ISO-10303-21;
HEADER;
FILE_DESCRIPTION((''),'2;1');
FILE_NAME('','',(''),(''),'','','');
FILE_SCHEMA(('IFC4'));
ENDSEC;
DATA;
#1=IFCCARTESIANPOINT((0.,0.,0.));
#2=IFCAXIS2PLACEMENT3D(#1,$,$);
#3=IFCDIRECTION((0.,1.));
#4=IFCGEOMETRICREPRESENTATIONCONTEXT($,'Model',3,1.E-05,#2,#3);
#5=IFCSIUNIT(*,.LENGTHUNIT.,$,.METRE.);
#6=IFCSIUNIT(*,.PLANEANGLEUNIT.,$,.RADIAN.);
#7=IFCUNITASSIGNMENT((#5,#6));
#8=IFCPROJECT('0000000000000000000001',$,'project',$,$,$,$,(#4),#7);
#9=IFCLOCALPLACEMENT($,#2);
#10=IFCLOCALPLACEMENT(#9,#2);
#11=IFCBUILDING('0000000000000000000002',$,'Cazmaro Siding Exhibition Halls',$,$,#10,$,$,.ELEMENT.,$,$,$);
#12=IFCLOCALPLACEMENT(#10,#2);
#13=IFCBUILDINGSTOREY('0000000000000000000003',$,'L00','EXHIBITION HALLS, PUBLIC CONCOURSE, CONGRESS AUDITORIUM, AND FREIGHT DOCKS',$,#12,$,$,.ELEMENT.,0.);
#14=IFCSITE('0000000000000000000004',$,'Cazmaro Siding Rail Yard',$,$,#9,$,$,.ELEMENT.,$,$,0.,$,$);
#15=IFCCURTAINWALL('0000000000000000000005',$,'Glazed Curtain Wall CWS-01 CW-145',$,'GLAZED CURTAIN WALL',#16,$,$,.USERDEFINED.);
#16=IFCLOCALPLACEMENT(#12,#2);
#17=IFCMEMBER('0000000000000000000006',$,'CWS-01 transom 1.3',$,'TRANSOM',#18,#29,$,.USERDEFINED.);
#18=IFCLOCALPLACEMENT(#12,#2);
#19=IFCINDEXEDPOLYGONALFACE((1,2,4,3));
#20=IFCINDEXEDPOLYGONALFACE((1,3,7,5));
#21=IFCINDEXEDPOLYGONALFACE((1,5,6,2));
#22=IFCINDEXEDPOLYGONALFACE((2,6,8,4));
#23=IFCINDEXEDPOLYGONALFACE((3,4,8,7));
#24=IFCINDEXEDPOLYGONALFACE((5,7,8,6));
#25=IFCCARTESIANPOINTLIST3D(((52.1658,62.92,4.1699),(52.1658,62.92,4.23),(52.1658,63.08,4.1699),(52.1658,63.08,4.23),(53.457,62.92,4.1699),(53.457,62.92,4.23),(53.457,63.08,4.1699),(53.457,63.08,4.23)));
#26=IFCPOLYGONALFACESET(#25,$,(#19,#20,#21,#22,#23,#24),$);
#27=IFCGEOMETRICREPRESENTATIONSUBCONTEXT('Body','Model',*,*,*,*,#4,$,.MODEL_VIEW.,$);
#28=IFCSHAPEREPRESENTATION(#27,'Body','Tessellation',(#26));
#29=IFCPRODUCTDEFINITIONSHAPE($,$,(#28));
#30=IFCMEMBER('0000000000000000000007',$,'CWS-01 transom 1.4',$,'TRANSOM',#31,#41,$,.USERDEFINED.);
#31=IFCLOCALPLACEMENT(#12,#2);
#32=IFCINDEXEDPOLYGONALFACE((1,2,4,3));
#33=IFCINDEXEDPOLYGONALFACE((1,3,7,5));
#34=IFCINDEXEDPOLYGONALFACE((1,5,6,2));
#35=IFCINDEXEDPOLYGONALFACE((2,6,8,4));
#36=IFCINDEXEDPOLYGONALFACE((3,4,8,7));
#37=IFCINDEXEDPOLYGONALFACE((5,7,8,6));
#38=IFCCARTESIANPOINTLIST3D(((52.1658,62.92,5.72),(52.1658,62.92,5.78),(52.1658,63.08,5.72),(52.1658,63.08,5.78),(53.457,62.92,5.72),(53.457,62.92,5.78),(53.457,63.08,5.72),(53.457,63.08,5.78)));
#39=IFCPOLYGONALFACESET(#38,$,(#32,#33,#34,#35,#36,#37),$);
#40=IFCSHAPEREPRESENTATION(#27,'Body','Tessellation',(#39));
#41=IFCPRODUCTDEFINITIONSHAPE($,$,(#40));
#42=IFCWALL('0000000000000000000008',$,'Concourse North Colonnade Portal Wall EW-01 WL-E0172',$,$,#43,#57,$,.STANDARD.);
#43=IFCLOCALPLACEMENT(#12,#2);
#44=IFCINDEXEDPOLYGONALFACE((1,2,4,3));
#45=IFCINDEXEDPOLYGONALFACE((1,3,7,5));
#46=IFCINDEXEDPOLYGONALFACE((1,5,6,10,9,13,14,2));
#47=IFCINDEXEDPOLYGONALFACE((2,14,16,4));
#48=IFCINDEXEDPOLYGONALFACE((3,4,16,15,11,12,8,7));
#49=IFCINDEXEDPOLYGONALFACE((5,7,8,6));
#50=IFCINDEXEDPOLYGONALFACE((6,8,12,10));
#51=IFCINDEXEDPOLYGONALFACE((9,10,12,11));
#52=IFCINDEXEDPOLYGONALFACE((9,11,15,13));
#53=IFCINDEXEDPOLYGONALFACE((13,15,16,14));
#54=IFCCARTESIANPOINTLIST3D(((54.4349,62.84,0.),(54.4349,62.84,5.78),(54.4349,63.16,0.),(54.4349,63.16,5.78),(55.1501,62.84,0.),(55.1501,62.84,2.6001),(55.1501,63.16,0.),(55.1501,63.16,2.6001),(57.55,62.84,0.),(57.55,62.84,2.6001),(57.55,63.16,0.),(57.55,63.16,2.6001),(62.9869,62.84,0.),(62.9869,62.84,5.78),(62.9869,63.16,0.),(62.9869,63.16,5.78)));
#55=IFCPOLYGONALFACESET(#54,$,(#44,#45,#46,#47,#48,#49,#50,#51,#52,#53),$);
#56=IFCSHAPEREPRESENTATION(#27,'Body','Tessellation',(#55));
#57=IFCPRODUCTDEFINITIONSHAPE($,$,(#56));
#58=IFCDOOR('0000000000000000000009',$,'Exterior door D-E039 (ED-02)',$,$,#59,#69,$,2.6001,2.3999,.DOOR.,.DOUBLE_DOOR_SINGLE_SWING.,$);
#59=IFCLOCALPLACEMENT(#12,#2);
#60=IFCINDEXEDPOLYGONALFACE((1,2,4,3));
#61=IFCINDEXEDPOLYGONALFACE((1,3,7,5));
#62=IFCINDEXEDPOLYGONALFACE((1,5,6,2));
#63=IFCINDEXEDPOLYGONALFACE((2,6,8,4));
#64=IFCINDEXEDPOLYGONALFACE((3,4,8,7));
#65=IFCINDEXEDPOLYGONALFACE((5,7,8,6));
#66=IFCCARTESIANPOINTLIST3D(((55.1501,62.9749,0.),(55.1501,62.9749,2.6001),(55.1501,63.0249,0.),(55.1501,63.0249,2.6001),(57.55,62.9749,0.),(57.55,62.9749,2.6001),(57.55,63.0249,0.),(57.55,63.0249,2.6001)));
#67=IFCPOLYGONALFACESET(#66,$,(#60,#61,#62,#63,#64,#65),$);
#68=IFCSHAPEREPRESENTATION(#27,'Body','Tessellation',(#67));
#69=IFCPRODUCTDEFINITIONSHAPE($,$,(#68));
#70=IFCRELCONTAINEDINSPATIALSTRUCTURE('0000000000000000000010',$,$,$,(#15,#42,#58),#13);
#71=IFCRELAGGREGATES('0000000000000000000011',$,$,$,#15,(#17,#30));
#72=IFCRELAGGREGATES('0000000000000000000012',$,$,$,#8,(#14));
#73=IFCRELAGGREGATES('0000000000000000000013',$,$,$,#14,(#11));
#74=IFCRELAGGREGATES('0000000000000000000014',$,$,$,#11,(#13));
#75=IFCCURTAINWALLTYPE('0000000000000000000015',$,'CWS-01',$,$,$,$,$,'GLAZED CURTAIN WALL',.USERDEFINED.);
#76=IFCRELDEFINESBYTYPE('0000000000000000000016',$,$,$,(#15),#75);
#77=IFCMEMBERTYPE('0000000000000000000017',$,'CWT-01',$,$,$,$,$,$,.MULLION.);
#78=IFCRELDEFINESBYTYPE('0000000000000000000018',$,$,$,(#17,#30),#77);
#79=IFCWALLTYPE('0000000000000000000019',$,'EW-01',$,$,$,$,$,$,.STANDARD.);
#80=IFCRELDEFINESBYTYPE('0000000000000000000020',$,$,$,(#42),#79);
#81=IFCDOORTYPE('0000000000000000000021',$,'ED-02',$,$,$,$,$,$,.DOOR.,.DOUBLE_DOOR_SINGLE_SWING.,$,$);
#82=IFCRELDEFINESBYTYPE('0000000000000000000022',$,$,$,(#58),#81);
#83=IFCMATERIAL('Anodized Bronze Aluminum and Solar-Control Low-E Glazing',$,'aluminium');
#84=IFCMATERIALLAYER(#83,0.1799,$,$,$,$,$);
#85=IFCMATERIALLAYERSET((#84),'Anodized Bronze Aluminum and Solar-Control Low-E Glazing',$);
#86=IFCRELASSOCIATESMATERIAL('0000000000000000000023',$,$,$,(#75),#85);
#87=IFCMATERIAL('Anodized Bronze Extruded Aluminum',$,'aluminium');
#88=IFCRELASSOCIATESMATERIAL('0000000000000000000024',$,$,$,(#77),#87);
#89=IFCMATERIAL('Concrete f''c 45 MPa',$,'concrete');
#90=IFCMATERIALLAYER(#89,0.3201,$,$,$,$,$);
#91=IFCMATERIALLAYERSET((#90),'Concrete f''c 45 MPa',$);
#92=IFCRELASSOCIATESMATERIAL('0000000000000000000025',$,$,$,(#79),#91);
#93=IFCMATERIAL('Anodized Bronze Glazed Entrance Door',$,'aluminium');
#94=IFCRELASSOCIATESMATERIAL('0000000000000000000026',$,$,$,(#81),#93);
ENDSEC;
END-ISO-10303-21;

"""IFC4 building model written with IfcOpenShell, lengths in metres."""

from ifc_helpers import new_model, si_unit, direction, frame, frame_2d, origin, origin_2d, place, context, subcontext, project, spatial, rectangle, extrude, material, layer, layer_set, material_profile, profile_set, type_object, element, fill, aggregate, save


model = new_model("IFC4")

# Units and contexts
model_context = context("Model", 3, precision=1e-05, world=origin(), true_north=direction((0.0, 1.0)))
body_context = subcontext(model_context, "Body", "Model", "MODEL_VIEW")
ifc_project = project(units=[si_unit("LENGTHUNIT", "METRE"), si_unit("PLANEANGLEUNIT", "RADIAN")], contexts=[model_context])

# Site, building, storey
site_placement = place(None, origin())
site = spatial("IfcSite", under=ifc_project, at=site_placement, Name="Cazmaro Siding Rail Yard", CompositionType="ELEMENT", RefElevation=0.0)
building_placement = place(site_placement, origin())
building = spatial("IfcBuilding", under=site, at=building_placement, Name="Cazmaro Siding Exhibition Halls", CompositionType="ELEMENT")
storey_placement = place(building_placement, origin())
storey = spatial("IfcBuildingStorey", under=building, at=storey_placement, Name="L00", Description="EXHIBITION HALLS, PUBLIC CONCOURSE, CONGRESS AUDITORIUM, AND FREIGHT DOCKS", CompositionType="ELEMENT", Elevation=0.0)

# Curtain wall
ifc_material_1 = material(Name="Anodized Bronze Aluminum and Solar-Control Low-E Glazing", Category="aluminium")
ifc_layer_1 = layer(ifc_material_1, 0.1799)
ifc_layer_set_1 = layer_set([ifc_layer_1], Name="Anodized Bronze Aluminum and Solar-Control Low-E Glazing")
curtain_wall_type = type_object("IfcCurtainWallType", Name="CWS-01", ElementType="GLAZED CURTAIN WALL", PredefinedType="USERDEFINED", material=ifc_layer_set_1)
curtain_wall_1_placement = place(storey_placement, origin())
curtain_wall_1 = element("IfcCurtainWall", 1, at=curtain_wall_1_placement, inside=storey, type_object=curtain_wall_type, Name="Glazed Curtain Wall CWS-01 CW-145", ObjectType="GLAZED CURTAIN WALL", PredefinedType="USERDEFINED")

# Members
ifc_material_2 = material(Name="Anodized Bronze Extruded Aluminum", Category="aluminium")
ifc_material_profile_1 = material_profile(ifc_material_2, rectangle(XDim=0.1599, YDim=0.0601, at=origin_2d()), Name="CWT-01")
ifc_profile_set_1 = profile_set([ifc_material_profile_1], Name="Anodized Bronze Extruded Aluminum")
member_type_1 = type_object("IfcMemberType", Name="CWT-01", PredefinedType="MULLION", material=ifc_profile_set_1)
member_1_placement = place(storey_placement, frame((53.457, 63.0, 4.2), z_axis=(-1.0, 0.0, 0.0), x_axis=(0.0, -1.0, 0.0)))
member_1 = element("IfcMember", 2, at=member_1_placement, type_object=member_type_1, Name="CWS-01 transom 1.3", ObjectType="TRANSOM", PredefinedType="USERDEFINED", context=body_context, shape_type="SweptSolid", body=[
    extrude(rectangle(XDim=0.1599, YDim=0.0601, at=origin_2d()), origin(), (0.0, 0.0, 1.0), 1.2913),
])
member_2_placement = place(storey_placement, frame((53.457, 63.0, 5.75), z_axis=(-1.0, 0.0, 0.0), x_axis=(0.0, -1.0, 0.0)))
member_2 = element("IfcMember", 3, at=member_2_placement, type_object=member_type_1, Name="CWS-01 transom 1.4", ObjectType="TRANSOM", PredefinedType="USERDEFINED", context=body_context, shape_type="SweptSolid", body=[
    extrude(rectangle(XDim=0.1599, YDim=0.0601, at=origin_2d()), origin(), (0.0, 0.0, 1.0), 1.2913),
])
aggregate(curtain_wall_1, [member_1, member_2])

# Wall, opening, door
ifc_material_3 = material(Name="Concrete f'c 45 MPa", Category="concrete")
ifc_layer_2 = layer(ifc_material_3, 0.3201)
ifc_layer_set_2 = layer_set([ifc_layer_2], Name="Concrete f'c 45 MPa")
wall_type = type_object("IfcWallType", Name="EW-01", PredefinedType="STANDARD", material=ifc_layer_set_2)
wall_1_placement = place(storey_placement, frame((54.4351, 63.0, 0.0), z_axis=(0.0, 0.0, 1.0), x_axis=(1.0, 0.0, 0.0)))
wall_1 = element("IfcWall", 4, at=wall_1_placement, inside=storey, type_object=wall_type, Name="Concourse North Colonnade Portal Wall EW-01 WL-E0172", PredefinedType="STANDARD", context=body_context, shape_type="SweptSolid", body=[
    extrude(rectangle(XDim=8.552, YDim=0.3201, at=frame_2d((4.2759, 0.0))), origin(), (0.0, 0.0, 1.0), 5.78),
])
opening_1_placement = place(wall_1_placement, frame((0.7151, 0.0, 0.0)))
opening_1 = element("IfcOpeningElement", 5, at=opening_1_placement, cuts=wall_1, PredefinedType="OPENING", context=body_context, shape_type="SweptSolid", body=[
    extrude(rectangle(XDim=2.3999, YDim=2.6001, at=frame_2d((1.2, 1.3))), frame((0.0, 0.1699, 0.0), z_axis=(0.0, -1.0, 0.0), x_axis=(1.0, 0.0, 0.0)), (0.0, 0.0, 1.0), 0.3401),
])
ifc_material_4 = material(Name="Anodized Bronze Glazed Entrance Door", Category="aluminium")
door_type_1 = type_object("IfcDoorType", Name="ED-02", OperationType="DOUBLE_DOOR_SINGLE_SWING", PredefinedType="DOOR", material=ifc_material_4)
door_1_placement = place(opening_1_placement, origin())
door_1 = element("IfcDoor", 6, at=door_1_placement, inside=storey, type_object=door_type_1, Name="Exterior door D-E039 (ED-02)", OperationType="DOUBLE_DOOR_SINGLE_SWING", OverallHeight=2.6001, OverallWidth=2.3999, PredefinedType="DOOR", context=body_context, shape_type="SweptSolid", body=[
    extrude(rectangle(XDim=2.3999, YDim=2.6001, at=frame_2d((1.2, 1.3))), frame((0.0, 0.0249, 0.0), z_axis=(0.0, -1.0, 0.0), x_axis=(1.0, 0.0, 0.0)), (0.0, 0.0, 1.0), 0.05),
])
fill(opening_1, door_1)

save(model, "model.ifc")
